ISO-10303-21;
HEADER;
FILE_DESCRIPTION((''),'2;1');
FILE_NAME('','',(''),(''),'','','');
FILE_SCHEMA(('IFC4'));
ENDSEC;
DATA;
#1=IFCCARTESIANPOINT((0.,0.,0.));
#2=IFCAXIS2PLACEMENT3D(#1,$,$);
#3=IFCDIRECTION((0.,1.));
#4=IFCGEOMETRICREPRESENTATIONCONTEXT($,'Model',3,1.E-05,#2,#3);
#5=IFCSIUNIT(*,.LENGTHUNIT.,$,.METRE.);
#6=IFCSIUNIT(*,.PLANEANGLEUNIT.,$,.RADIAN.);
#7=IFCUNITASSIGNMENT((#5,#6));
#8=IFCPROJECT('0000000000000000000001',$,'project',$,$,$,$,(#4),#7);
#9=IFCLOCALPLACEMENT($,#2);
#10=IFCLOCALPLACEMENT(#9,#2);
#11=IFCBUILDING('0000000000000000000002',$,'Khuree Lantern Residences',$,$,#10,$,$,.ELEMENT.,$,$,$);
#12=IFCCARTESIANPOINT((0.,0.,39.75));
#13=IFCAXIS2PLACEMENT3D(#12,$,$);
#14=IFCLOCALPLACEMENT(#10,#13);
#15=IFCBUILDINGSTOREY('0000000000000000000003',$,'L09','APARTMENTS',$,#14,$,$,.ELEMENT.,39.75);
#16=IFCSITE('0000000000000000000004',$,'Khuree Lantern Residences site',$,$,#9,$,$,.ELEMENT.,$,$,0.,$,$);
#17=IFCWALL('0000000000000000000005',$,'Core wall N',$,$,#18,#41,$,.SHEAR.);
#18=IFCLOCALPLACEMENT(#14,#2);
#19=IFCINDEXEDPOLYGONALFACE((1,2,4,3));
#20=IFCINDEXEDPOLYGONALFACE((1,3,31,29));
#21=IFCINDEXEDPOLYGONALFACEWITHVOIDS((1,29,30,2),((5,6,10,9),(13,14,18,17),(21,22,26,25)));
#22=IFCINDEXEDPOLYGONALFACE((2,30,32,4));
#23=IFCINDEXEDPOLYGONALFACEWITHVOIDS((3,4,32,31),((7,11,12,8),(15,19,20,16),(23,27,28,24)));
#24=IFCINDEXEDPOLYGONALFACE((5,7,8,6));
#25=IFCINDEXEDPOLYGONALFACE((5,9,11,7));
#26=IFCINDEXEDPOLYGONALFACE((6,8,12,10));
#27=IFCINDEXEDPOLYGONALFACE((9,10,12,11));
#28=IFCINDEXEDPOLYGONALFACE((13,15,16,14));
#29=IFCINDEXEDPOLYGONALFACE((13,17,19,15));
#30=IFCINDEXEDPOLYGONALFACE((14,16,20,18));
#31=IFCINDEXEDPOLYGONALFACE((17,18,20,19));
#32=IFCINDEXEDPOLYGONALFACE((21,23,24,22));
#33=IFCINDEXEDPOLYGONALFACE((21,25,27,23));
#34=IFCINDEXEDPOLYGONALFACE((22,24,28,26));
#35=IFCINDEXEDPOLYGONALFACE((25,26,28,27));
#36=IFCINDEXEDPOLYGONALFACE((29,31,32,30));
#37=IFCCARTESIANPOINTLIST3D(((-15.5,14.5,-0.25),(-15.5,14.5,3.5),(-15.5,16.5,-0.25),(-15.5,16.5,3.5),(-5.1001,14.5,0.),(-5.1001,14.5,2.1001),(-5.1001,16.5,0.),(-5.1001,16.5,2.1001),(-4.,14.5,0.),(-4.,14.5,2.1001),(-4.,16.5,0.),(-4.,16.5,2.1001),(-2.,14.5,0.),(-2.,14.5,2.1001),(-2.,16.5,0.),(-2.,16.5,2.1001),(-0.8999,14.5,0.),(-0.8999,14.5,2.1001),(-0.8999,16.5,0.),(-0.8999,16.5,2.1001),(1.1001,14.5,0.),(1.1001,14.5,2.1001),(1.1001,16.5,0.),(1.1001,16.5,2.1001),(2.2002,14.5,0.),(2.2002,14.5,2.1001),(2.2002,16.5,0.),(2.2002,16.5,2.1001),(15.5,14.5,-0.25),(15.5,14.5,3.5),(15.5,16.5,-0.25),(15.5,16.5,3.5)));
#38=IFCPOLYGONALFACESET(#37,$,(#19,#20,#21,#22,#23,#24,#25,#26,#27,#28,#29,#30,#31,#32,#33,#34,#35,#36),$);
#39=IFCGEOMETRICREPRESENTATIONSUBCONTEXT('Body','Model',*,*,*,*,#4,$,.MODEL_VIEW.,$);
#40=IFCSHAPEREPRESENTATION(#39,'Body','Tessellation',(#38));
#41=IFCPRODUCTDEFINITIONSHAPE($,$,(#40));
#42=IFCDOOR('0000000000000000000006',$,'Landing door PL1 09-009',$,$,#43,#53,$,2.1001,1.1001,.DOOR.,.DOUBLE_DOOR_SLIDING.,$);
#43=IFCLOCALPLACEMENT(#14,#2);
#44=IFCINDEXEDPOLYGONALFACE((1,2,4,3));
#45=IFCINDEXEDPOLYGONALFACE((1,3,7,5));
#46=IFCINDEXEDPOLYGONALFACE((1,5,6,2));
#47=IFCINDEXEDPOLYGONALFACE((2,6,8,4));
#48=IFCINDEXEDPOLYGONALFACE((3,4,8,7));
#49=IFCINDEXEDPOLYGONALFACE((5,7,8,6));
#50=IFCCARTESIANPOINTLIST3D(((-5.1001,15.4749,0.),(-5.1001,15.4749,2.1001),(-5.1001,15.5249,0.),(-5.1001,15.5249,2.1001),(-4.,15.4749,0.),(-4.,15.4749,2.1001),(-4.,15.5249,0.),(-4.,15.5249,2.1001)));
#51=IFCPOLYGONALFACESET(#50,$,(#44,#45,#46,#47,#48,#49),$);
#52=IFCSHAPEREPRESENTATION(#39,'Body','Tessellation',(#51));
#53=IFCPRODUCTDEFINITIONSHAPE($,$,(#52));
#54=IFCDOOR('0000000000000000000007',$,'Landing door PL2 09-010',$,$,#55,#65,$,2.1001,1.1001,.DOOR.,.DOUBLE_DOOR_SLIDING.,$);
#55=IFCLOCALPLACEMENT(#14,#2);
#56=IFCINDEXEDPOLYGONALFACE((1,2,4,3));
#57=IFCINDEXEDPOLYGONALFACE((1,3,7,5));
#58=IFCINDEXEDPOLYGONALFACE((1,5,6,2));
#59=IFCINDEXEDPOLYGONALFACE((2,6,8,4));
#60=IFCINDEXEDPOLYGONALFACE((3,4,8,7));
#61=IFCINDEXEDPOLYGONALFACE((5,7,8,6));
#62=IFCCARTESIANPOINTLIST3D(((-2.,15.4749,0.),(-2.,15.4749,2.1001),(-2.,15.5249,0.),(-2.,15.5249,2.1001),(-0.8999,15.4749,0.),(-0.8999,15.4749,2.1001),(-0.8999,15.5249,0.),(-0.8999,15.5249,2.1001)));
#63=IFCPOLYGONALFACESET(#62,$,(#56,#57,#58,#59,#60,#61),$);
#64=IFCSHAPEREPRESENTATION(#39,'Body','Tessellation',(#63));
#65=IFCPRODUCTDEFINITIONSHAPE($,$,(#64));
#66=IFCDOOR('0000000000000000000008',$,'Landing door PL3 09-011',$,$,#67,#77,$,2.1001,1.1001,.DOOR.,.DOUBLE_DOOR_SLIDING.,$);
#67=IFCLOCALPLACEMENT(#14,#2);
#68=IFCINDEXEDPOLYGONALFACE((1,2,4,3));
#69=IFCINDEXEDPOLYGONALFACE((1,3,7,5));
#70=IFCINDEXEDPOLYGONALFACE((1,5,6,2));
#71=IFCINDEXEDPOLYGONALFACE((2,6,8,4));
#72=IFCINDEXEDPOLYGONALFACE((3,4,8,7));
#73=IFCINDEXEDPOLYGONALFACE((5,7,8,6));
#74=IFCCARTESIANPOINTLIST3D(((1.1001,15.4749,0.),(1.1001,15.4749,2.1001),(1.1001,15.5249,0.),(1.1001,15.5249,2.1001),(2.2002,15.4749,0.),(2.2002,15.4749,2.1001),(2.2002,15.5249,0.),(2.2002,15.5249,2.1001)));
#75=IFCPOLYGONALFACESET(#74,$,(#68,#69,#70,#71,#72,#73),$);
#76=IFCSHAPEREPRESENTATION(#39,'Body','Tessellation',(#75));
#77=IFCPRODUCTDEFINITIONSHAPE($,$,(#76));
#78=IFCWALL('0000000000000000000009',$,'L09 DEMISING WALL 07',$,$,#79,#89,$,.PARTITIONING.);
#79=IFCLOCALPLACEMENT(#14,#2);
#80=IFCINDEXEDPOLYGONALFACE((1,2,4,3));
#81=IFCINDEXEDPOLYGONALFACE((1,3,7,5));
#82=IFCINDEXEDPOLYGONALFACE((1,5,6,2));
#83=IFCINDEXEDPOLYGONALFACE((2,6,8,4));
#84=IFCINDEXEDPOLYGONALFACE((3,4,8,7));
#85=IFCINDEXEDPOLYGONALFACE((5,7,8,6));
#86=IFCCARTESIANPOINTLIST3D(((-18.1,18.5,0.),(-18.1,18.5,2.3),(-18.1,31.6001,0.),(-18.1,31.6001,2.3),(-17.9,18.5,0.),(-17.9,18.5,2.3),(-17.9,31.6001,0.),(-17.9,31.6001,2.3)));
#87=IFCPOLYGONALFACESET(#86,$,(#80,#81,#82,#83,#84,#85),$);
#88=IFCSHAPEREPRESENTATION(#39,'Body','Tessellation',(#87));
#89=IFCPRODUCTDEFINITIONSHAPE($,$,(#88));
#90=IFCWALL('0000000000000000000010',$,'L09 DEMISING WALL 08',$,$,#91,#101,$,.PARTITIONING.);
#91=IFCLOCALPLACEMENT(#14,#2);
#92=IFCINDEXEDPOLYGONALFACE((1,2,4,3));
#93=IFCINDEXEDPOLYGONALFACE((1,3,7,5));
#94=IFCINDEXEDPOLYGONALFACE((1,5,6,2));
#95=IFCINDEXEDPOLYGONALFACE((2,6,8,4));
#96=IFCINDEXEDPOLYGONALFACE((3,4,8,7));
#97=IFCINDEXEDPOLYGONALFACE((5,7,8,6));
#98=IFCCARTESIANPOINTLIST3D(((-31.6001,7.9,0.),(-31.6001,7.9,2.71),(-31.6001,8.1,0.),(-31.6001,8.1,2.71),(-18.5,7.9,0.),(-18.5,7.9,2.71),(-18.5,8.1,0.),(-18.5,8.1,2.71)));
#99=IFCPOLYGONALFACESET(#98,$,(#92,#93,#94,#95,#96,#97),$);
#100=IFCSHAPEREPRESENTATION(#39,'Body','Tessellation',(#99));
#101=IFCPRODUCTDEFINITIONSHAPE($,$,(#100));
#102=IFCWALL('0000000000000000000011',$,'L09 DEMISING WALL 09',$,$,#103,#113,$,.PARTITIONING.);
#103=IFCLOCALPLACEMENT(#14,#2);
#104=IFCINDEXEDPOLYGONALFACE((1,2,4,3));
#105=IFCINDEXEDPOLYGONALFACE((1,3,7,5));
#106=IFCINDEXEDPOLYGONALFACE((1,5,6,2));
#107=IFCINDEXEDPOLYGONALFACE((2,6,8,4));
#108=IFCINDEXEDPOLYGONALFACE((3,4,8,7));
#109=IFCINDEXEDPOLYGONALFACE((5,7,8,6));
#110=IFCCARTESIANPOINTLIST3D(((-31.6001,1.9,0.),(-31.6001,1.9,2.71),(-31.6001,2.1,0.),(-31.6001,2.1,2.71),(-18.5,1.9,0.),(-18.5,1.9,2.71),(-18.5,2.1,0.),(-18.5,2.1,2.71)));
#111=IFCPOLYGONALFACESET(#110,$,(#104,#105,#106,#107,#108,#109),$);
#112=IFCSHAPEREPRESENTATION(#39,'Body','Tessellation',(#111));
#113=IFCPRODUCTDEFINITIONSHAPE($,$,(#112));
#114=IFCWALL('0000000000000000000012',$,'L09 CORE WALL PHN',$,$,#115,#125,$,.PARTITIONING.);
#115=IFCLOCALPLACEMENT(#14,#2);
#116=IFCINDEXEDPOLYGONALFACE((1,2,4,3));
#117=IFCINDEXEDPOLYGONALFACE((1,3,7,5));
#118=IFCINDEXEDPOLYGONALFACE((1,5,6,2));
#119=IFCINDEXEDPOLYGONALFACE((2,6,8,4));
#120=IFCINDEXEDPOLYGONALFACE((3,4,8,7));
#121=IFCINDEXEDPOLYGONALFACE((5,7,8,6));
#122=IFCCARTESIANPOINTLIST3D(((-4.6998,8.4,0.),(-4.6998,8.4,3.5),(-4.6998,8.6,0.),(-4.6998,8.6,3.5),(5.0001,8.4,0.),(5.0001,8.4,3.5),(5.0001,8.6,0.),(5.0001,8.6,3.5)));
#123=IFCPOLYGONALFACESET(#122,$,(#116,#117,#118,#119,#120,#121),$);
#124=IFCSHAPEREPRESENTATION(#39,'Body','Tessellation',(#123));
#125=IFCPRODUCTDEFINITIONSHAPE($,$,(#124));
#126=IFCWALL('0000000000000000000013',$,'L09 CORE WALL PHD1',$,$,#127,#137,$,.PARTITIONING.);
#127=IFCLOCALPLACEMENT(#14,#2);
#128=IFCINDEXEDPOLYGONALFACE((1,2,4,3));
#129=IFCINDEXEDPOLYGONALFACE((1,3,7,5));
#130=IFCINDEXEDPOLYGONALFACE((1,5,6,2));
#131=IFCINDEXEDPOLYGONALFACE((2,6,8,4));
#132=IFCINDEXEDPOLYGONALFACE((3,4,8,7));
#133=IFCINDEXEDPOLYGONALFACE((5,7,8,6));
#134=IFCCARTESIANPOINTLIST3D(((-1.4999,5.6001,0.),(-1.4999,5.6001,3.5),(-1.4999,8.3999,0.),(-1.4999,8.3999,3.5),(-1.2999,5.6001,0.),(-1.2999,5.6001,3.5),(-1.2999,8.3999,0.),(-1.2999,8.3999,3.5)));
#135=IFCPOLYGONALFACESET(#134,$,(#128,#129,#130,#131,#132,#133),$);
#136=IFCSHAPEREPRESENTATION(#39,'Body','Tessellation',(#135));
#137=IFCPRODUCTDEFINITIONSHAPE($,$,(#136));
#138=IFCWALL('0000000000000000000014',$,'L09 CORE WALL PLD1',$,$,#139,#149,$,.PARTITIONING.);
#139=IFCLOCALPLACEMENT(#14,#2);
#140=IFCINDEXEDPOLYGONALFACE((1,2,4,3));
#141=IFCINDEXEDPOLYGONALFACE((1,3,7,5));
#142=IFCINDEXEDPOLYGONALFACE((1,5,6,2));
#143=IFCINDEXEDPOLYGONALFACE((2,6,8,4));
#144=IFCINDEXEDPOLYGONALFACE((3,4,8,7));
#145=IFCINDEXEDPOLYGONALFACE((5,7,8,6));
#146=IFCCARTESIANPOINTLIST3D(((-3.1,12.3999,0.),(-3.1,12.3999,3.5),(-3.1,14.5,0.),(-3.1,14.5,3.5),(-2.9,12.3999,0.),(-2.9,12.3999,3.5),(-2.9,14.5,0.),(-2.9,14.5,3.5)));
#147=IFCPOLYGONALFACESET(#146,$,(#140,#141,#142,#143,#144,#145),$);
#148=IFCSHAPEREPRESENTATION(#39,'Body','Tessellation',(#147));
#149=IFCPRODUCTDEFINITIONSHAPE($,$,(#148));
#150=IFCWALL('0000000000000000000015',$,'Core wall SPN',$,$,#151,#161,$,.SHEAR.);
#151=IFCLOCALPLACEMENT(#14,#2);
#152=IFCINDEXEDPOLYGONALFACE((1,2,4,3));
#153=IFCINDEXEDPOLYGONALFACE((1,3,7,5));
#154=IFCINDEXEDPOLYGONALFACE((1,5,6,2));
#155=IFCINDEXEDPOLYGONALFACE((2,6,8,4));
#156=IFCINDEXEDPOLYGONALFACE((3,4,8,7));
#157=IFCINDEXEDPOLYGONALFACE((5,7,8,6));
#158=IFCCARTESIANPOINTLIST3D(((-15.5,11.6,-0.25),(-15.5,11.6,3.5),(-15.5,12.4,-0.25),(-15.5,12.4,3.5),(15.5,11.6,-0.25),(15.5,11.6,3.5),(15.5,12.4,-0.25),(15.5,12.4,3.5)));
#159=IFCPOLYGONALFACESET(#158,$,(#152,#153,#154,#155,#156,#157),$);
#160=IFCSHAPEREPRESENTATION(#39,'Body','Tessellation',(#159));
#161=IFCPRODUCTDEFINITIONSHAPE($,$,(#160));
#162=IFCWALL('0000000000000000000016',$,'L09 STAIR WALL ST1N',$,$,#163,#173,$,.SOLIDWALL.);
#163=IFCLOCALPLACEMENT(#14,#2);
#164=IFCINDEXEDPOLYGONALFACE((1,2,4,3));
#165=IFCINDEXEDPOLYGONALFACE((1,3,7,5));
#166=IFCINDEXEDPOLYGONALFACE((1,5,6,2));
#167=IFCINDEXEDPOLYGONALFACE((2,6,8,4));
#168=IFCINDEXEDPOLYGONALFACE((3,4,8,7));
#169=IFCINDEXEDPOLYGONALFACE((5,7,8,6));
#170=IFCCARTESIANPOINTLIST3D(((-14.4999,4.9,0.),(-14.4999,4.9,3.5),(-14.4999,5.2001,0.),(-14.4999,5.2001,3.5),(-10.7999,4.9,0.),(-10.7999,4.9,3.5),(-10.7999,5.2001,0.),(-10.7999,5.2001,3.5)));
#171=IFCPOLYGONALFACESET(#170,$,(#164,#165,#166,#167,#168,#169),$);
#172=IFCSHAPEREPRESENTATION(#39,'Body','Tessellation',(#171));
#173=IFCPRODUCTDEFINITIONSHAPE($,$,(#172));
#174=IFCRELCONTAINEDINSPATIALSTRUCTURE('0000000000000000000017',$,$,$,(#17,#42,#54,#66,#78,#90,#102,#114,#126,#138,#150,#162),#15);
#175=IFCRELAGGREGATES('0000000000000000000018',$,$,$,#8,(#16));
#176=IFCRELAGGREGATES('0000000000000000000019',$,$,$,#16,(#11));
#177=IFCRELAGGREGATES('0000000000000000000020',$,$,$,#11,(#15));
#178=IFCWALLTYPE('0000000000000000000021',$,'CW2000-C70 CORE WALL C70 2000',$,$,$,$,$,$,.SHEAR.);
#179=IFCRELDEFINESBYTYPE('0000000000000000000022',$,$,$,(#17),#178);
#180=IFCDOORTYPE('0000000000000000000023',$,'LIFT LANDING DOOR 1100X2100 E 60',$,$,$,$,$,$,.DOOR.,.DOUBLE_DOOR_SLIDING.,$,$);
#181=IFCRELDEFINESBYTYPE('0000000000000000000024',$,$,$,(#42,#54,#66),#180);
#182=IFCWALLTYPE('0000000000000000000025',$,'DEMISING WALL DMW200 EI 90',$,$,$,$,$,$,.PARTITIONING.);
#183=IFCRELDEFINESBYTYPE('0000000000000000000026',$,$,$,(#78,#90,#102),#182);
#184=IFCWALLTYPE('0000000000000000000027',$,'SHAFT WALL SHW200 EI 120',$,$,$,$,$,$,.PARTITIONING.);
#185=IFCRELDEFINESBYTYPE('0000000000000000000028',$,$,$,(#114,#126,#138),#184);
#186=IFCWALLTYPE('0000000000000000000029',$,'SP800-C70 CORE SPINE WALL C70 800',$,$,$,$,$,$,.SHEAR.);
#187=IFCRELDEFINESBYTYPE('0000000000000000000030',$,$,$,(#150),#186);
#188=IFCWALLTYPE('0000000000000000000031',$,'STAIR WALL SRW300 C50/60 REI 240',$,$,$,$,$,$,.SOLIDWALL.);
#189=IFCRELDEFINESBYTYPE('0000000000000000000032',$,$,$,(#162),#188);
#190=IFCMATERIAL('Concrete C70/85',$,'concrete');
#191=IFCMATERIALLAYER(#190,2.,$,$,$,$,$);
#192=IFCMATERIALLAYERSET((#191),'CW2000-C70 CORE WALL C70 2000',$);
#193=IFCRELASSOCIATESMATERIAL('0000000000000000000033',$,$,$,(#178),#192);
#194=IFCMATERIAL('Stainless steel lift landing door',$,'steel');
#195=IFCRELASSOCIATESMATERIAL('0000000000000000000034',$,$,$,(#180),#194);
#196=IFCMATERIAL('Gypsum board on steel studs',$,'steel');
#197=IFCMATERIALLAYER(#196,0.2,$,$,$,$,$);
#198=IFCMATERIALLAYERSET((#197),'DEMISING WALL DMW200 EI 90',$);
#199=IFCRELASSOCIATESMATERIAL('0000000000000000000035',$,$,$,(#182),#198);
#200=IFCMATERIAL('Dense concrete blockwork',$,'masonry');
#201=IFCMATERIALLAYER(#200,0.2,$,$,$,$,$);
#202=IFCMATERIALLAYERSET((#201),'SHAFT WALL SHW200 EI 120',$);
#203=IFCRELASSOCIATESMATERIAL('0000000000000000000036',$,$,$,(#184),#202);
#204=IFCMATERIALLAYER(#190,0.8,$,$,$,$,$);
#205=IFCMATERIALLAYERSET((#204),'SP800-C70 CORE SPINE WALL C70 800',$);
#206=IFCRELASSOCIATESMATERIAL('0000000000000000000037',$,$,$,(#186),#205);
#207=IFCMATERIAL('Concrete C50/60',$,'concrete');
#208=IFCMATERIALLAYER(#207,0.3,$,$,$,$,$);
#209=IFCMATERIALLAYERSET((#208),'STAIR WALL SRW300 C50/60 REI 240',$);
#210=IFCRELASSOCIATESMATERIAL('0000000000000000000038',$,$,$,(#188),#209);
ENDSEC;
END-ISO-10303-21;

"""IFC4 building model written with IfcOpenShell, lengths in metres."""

from ifc_helpers import new_model, si_unit, direction, frame, frame_2d, origin, place, context, subcontext, project, spatial, rectangle, extrude, material, layer, layer_set, type_object, element, fill, save


model = new_model("IFC4")

# Units and contexts
model_context = context("Model", 3, precision=1e-05, world=origin(), true_north=direction((0.0, 1.0)))
body_context = subcontext(model_context, "Body", "Model", "MODEL_VIEW")
ifc_project = project(units=[si_unit("LENGTHUNIT", "METRE"), si_unit("PLANEANGLEUNIT", "RADIAN")], contexts=[model_context])

# Site, building, storey
site_placement = place(None, origin())
site = spatial("IfcSite", under=ifc_project, at=site_placement, Name="Khuree Lantern Residences site", CompositionType="ELEMENT", RefElevation=0.0)
building_placement = place(site_placement, origin())
building = spatial("IfcBuilding", under=site, at=building_placement, Name="Khuree Lantern Residences", CompositionType="ELEMENT")
storey_placement = place(building_placement, frame((0.0, 0.0, 39.75)))
storey = spatial("IfcBuildingStorey", under=building, at=storey_placement, Name="L09", Description="APARTMENTS", CompositionType="ELEMENT", Elevation=39.75)

# Shared definitions
ifc_material_1 = material(Name="Concrete C70/85", Category="concrete")

# Shared definitions
ifc_material_2 = material(Name="Dense concrete blockwork", Category="masonry")

# Shared definitions
ifc_material_3 = material(Name="Gypsum board on steel studs", Category="steel")

# Wall, openings, doors
ifc_layer_1 = layer(ifc_material_1, 2.0)
ifc_layer_set_1 = layer_set([ifc_layer_1], Name="CW2000-C70 CORE WALL C70 2000")
wall_type_1 = type_object("IfcWallType", Name="CW2000-C70 CORE WALL C70 2000", PredefinedType="SHEAR", material=ifc_layer_set_1)
wall_1_placement = place(storey_placement, frame((-15.5, 15.5, -0.25), z_axis=(0.0, 0.0, 1.0), x_axis=(1.0, 0.0, 0.0)))
wall_1 = element("IfcWall", 1, at=wall_1_placement, inside=storey, type_object=wall_type_1, Name="Core wall N", PredefinedType="SHEAR", context=body_context, shape_type="SweptSolid", body=[
    extrude(rectangle(XDim=31.0, YDim=2.0, at=frame_2d((15.5, 0.0))), origin(), (0.0, 0.0, 1.0), 3.75),
])
opening_1_placement = place(wall_1_placement, frame((10.3999, 0.0, 0.25)))
opening_1 = element("IfcOpeningElement", 2, at=opening_1_placement, cuts=wall_1, PredefinedType="OPENING", context=body_context, shape_type="SweptSolid", body=[
    extrude(rectangle(XDim=1.1001, YDim=2.1001, at=frame_2d((0.55, 1.05))), frame((0.0, 1.01, 0.0), z_axis=(0.0, -1.0, 0.0), x_axis=(1.0, 0.0, 0.0)), (0.0, 0.0, 1.0), 2.02),
])
opening_2_placement = place(wall_1_placement, frame((13.5, 0.0, 0.25)))
opening_2 = element("IfcOpeningElement", 3, at=opening_2_placement, cuts=wall_1, PredefinedType="OPENING", context=body_context, shape_type="SweptSolid", body=[
    extrude(rectangle(XDim=1.1001, YDim=2.1001, at=frame_2d((0.55, 1.05))), frame((0.0, 1.01, 0.0), z_axis=(0.0, -1.0, 0.0), x_axis=(1.0, 0.0, 0.0)), (0.0, 0.0, 1.0), 2.02),
])
opening_3_placement = place(wall_1_placement, frame((16.6001, 0.0, 0.25)))
opening_3 = element("IfcOpeningElement", 4, at=opening_3_placement, cuts=wall_1, PredefinedType="OPENING", context=body_context, shape_type="SweptSolid", body=[
    extrude(rectangle(XDim=1.1001, YDim=2.1001, at=frame_2d((0.55, 1.05))), frame((0.0, 1.01, 0.0), z_axis=(0.0, -1.0, 0.0), x_axis=(1.0, 0.0, 0.0)), (0.0, 0.0, 1.0), 2.02),
])
ifc_material_4 = material(Name="Stainless steel lift landing door", Category="steel")
door_type_1 = type_object("IfcDoorType", Name="LIFT LANDING DOOR 1100X2100 E 60", OperationType="DOUBLE_DOOR_SLIDING", PredefinedType="DOOR", material=ifc_material_4)
door_1_placement = place(opening_1_placement, origin())
door_1 = element("IfcDoor", 5, at=door_1_placement, inside=storey, type_object=door_type_1, Name="Landing door PL1 09-009", OperationType="DOUBLE_DOOR_SLIDING", OverallHeight=2.1001, OverallWidth=1.1001, PredefinedType="DOOR", context=body_context, shape_type="SweptSolid", body=[
    extrude(rectangle(XDim=1.1001, YDim=2.1001, at=frame_2d((0.55, 1.05))), frame((0.0, 0.0249, 0.0), z_axis=(0.0, -1.0, 0.0), x_axis=(1.0, 0.0, 0.0)), (0.0, 0.0, 1.0), 0.05),
])
fill(opening_1, door_1)
door_2_placement = place(opening_2_placement, origin())
door_2 = element("IfcDoor", 6, at=door_2_placement, inside=storey, type_object=door_type_1, Name="Landing door PL2 09-010", OperationType="DOUBLE_DOOR_SLIDING", OverallHeight=2.1001, OverallWidth=1.1001, PredefinedType="DOOR", context=body_context, shape_type="SweptSolid", body=[
    extrude(rectangle(XDim=1.1001, YDim=2.1001, at=frame_2d((0.55, 1.05))), frame((0.0, 0.0249, 0.0), z_axis=(0.0, -1.0, 0.0), x_axis=(1.0, 0.0, 0.0)), (0.0, 0.0, 1.0), 0.05),
])
fill(opening_2, door_2)
door_3_placement = place(opening_3_placement, origin())
door_3 = element("IfcDoor", 7, at=door_3_placement, inside=storey, type_object=door_type_1, Name="Landing door PL3 09-011", OperationType="DOUBLE_DOOR_SLIDING", OverallHeight=2.1001, OverallWidth=1.1001, PredefinedType="DOOR", context=body_context, shape_type="SweptSolid", body=[
    extrude(rectangle(XDim=1.1001, YDim=2.1001, at=frame_2d((0.55, 1.05))), frame((0.0, 0.0249, 0.0), z_axis=(0.0, -1.0, 0.0), x_axis=(1.0, 0.0, 0.0)), (0.0, 0.0, 1.0), 0.05),
])
fill(opening_3, door_3)

# Walls
ifc_layer_2 = layer(ifc_material_3, 0.2)
ifc_layer_set_2 = layer_set([ifc_layer_2], Name="DEMISING WALL DMW200 EI 90")
wall_type_2 = type_object("IfcWallType", Name="DEMISING WALL DMW200 EI 90", PredefinedType="PARTITIONING", material=ifc_layer_set_2)
wall_2_placement = place(storey_placement, frame((-18.0, 18.5, 0.0), z_axis=(0.0, 0.0, 1.0), x_axis=(0.0, 1.0, 0.0)))
element("IfcWall", 8, at=wall_2_placement, inside=storey, type_object=wall_type_2, Name="L09 DEMISING WALL 07", PredefinedType="PARTITIONING", context=body_context, shape_type="SweptSolid", body=[
    extrude(rectangle(XDim=13.1001, YDim=0.2, at=frame_2d((6.55, 0.0))), origin(), (0.0, 0.0, 1.0), 2.3),
])
for number, where, z_axis, x_axis, name in (
    (9, (-18.5, 8.0, 0.0), (0.0, 0.0, 1.0), (-1.0, 0.0, 0.0), "L09 DEMISING WALL 08"),
    (10, (-18.5, 2.0, 0.0), (0.0, 0.0, 1.0), (-1.0, 0.0, 0.0), "L09 DEMISING WALL 09"),
):
    element("IfcWall", number, at=place(storey_placement, frame(where, z_axis=z_axis, x_axis=x_axis)), inside=storey, type_object=wall_type_2, Name=name, PredefinedType="PARTITIONING", context=body_context, shape_type="SweptSolid", body=[
        extrude(rectangle(XDim=13.1001, YDim=0.2, at=frame_2d((6.55, 0.0))), origin(), (0.0, 0.0, 1.0), 2.71),
    ])
ifc_layer_3 = layer(ifc_material_2, 0.2)
ifc_layer_set_3 = layer_set([ifc_layer_3], Name="SHAFT WALL SHW200 EI 120")
wall_type_3 = type_object("IfcWallType", Name="SHAFT WALL SHW200 EI 120", PredefinedType="PARTITIONING", material=ifc_layer_set_3)
wall_3_placement = place(storey_placement, frame((-4.7, 8.5, 0.0), z_axis=(0.0, 0.0, 1.0), x_axis=(1.0, 0.0, 0.0)))
element("IfcWall", 11, at=wall_3_placement, inside=storey, type_object=wall_type_3, Name="L09 CORE WALL PHN", PredefinedType="PARTITIONING", context=body_context, shape_type="SweptSolid", body=[
    extrude(rectangle(XDim=9.7, YDim=0.2, at=frame_2d((4.8501, 0.0))), origin(), (0.0, 0.0, 1.0), 3.5),
])
wall_4_placement = place(storey_placement, frame((-1.3999, 5.6001, 0.0), z_axis=(0.0, 0.0, 1.0), x_axis=(0.0, 1.0, 0.0)))
element("IfcWall", 12, at=wall_4_placement, inside=storey, type_object=wall_type_3, Name="L09 CORE WALL PHD1", PredefinedType="PARTITIONING", context=body_context, shape_type="SweptSolid", body=[
    extrude(rectangle(XDim=2.7998, YDim=0.2, at=frame_2d((1.3999, 0.0))), origin(), (0.0, 0.0, 1.0), 3.5),
])
wall_5_placement = place(storey_placement, frame((-3.0, 12.3999, 0.0), z_axis=(0.0, 0.0, 1.0), x_axis=(0.0, 1.0, 0.0)))
element("IfcWall", 13, at=wall_5_placement, inside=storey, type_object=wall_type_3, Name="L09 CORE WALL PLD1", PredefinedType="PARTITIONING", context=body_context, shape_type="SweptSolid", body=[
    extrude(rectangle(XDim=2.1001, YDim=0.2, at=frame_2d((1.05, 0.0))), origin(), (0.0, 0.0, 1.0), 3.5),
])
ifc_layer_4 = layer(ifc_material_1, 0.8)
ifc_layer_set_4 = layer_set([ifc_layer_4], Name="SP800-C70 CORE SPINE WALL C70 800")
wall_type_4 = type_object("IfcWallType", Name="SP800-C70 CORE SPINE WALL C70 800", PredefinedType="SHEAR", material=ifc_layer_set_4)
wall_6_placement = place(storey_placement, frame((-15.5, 12.0, -0.25), z_axis=(0.0, 0.0, 1.0), x_axis=(1.0, 0.0, 0.0)))
element("IfcWall", 14, at=wall_6_placement, inside=storey, type_object=wall_type_4, Name="Core wall SPN", PredefinedType="SHEAR", context=body_context, shape_type="SweptSolid", body=[
    extrude(rectangle(XDim=31.0, YDim=0.8, at=frame_2d((15.5, 0.0))), origin(), (0.0, 0.0, 1.0), 3.75),
])
ifc_material_5 = material(Name="Concrete C50/60", Category="concrete")
ifc_layer_5 = layer(ifc_material_5, 0.3)
ifc_layer_set_5 = layer_set([ifc_layer_5], Name="STAIR WALL SRW300 C50/60 REI 240")
wall_type_5 = type_object("IfcWallType", Name="STAIR WALL SRW300 C50/60 REI 240", PredefinedType="SOLIDWALL", material=ifc_layer_set_5)
wall_7_placement = place(storey_placement, frame((-14.5, 5.05, 0.0), z_axis=(0.0, 0.0, 1.0), x_axis=(1.0, 0.0, 0.0)))
element("IfcWall", 15, at=wall_7_placement, inside=storey, type_object=wall_type_5, Name="L09 STAIR WALL ST1N", PredefinedType="SOLIDWALL", context=body_context, shape_type="SweptSolid", body=[
    extrude(rectangle(XDim=3.7, YDim=0.3, at=frame_2d((1.8501, 0.0))), origin(), (0.0, 0.0, 1.0), 3.5),
])

save(model, "model.ifc")
